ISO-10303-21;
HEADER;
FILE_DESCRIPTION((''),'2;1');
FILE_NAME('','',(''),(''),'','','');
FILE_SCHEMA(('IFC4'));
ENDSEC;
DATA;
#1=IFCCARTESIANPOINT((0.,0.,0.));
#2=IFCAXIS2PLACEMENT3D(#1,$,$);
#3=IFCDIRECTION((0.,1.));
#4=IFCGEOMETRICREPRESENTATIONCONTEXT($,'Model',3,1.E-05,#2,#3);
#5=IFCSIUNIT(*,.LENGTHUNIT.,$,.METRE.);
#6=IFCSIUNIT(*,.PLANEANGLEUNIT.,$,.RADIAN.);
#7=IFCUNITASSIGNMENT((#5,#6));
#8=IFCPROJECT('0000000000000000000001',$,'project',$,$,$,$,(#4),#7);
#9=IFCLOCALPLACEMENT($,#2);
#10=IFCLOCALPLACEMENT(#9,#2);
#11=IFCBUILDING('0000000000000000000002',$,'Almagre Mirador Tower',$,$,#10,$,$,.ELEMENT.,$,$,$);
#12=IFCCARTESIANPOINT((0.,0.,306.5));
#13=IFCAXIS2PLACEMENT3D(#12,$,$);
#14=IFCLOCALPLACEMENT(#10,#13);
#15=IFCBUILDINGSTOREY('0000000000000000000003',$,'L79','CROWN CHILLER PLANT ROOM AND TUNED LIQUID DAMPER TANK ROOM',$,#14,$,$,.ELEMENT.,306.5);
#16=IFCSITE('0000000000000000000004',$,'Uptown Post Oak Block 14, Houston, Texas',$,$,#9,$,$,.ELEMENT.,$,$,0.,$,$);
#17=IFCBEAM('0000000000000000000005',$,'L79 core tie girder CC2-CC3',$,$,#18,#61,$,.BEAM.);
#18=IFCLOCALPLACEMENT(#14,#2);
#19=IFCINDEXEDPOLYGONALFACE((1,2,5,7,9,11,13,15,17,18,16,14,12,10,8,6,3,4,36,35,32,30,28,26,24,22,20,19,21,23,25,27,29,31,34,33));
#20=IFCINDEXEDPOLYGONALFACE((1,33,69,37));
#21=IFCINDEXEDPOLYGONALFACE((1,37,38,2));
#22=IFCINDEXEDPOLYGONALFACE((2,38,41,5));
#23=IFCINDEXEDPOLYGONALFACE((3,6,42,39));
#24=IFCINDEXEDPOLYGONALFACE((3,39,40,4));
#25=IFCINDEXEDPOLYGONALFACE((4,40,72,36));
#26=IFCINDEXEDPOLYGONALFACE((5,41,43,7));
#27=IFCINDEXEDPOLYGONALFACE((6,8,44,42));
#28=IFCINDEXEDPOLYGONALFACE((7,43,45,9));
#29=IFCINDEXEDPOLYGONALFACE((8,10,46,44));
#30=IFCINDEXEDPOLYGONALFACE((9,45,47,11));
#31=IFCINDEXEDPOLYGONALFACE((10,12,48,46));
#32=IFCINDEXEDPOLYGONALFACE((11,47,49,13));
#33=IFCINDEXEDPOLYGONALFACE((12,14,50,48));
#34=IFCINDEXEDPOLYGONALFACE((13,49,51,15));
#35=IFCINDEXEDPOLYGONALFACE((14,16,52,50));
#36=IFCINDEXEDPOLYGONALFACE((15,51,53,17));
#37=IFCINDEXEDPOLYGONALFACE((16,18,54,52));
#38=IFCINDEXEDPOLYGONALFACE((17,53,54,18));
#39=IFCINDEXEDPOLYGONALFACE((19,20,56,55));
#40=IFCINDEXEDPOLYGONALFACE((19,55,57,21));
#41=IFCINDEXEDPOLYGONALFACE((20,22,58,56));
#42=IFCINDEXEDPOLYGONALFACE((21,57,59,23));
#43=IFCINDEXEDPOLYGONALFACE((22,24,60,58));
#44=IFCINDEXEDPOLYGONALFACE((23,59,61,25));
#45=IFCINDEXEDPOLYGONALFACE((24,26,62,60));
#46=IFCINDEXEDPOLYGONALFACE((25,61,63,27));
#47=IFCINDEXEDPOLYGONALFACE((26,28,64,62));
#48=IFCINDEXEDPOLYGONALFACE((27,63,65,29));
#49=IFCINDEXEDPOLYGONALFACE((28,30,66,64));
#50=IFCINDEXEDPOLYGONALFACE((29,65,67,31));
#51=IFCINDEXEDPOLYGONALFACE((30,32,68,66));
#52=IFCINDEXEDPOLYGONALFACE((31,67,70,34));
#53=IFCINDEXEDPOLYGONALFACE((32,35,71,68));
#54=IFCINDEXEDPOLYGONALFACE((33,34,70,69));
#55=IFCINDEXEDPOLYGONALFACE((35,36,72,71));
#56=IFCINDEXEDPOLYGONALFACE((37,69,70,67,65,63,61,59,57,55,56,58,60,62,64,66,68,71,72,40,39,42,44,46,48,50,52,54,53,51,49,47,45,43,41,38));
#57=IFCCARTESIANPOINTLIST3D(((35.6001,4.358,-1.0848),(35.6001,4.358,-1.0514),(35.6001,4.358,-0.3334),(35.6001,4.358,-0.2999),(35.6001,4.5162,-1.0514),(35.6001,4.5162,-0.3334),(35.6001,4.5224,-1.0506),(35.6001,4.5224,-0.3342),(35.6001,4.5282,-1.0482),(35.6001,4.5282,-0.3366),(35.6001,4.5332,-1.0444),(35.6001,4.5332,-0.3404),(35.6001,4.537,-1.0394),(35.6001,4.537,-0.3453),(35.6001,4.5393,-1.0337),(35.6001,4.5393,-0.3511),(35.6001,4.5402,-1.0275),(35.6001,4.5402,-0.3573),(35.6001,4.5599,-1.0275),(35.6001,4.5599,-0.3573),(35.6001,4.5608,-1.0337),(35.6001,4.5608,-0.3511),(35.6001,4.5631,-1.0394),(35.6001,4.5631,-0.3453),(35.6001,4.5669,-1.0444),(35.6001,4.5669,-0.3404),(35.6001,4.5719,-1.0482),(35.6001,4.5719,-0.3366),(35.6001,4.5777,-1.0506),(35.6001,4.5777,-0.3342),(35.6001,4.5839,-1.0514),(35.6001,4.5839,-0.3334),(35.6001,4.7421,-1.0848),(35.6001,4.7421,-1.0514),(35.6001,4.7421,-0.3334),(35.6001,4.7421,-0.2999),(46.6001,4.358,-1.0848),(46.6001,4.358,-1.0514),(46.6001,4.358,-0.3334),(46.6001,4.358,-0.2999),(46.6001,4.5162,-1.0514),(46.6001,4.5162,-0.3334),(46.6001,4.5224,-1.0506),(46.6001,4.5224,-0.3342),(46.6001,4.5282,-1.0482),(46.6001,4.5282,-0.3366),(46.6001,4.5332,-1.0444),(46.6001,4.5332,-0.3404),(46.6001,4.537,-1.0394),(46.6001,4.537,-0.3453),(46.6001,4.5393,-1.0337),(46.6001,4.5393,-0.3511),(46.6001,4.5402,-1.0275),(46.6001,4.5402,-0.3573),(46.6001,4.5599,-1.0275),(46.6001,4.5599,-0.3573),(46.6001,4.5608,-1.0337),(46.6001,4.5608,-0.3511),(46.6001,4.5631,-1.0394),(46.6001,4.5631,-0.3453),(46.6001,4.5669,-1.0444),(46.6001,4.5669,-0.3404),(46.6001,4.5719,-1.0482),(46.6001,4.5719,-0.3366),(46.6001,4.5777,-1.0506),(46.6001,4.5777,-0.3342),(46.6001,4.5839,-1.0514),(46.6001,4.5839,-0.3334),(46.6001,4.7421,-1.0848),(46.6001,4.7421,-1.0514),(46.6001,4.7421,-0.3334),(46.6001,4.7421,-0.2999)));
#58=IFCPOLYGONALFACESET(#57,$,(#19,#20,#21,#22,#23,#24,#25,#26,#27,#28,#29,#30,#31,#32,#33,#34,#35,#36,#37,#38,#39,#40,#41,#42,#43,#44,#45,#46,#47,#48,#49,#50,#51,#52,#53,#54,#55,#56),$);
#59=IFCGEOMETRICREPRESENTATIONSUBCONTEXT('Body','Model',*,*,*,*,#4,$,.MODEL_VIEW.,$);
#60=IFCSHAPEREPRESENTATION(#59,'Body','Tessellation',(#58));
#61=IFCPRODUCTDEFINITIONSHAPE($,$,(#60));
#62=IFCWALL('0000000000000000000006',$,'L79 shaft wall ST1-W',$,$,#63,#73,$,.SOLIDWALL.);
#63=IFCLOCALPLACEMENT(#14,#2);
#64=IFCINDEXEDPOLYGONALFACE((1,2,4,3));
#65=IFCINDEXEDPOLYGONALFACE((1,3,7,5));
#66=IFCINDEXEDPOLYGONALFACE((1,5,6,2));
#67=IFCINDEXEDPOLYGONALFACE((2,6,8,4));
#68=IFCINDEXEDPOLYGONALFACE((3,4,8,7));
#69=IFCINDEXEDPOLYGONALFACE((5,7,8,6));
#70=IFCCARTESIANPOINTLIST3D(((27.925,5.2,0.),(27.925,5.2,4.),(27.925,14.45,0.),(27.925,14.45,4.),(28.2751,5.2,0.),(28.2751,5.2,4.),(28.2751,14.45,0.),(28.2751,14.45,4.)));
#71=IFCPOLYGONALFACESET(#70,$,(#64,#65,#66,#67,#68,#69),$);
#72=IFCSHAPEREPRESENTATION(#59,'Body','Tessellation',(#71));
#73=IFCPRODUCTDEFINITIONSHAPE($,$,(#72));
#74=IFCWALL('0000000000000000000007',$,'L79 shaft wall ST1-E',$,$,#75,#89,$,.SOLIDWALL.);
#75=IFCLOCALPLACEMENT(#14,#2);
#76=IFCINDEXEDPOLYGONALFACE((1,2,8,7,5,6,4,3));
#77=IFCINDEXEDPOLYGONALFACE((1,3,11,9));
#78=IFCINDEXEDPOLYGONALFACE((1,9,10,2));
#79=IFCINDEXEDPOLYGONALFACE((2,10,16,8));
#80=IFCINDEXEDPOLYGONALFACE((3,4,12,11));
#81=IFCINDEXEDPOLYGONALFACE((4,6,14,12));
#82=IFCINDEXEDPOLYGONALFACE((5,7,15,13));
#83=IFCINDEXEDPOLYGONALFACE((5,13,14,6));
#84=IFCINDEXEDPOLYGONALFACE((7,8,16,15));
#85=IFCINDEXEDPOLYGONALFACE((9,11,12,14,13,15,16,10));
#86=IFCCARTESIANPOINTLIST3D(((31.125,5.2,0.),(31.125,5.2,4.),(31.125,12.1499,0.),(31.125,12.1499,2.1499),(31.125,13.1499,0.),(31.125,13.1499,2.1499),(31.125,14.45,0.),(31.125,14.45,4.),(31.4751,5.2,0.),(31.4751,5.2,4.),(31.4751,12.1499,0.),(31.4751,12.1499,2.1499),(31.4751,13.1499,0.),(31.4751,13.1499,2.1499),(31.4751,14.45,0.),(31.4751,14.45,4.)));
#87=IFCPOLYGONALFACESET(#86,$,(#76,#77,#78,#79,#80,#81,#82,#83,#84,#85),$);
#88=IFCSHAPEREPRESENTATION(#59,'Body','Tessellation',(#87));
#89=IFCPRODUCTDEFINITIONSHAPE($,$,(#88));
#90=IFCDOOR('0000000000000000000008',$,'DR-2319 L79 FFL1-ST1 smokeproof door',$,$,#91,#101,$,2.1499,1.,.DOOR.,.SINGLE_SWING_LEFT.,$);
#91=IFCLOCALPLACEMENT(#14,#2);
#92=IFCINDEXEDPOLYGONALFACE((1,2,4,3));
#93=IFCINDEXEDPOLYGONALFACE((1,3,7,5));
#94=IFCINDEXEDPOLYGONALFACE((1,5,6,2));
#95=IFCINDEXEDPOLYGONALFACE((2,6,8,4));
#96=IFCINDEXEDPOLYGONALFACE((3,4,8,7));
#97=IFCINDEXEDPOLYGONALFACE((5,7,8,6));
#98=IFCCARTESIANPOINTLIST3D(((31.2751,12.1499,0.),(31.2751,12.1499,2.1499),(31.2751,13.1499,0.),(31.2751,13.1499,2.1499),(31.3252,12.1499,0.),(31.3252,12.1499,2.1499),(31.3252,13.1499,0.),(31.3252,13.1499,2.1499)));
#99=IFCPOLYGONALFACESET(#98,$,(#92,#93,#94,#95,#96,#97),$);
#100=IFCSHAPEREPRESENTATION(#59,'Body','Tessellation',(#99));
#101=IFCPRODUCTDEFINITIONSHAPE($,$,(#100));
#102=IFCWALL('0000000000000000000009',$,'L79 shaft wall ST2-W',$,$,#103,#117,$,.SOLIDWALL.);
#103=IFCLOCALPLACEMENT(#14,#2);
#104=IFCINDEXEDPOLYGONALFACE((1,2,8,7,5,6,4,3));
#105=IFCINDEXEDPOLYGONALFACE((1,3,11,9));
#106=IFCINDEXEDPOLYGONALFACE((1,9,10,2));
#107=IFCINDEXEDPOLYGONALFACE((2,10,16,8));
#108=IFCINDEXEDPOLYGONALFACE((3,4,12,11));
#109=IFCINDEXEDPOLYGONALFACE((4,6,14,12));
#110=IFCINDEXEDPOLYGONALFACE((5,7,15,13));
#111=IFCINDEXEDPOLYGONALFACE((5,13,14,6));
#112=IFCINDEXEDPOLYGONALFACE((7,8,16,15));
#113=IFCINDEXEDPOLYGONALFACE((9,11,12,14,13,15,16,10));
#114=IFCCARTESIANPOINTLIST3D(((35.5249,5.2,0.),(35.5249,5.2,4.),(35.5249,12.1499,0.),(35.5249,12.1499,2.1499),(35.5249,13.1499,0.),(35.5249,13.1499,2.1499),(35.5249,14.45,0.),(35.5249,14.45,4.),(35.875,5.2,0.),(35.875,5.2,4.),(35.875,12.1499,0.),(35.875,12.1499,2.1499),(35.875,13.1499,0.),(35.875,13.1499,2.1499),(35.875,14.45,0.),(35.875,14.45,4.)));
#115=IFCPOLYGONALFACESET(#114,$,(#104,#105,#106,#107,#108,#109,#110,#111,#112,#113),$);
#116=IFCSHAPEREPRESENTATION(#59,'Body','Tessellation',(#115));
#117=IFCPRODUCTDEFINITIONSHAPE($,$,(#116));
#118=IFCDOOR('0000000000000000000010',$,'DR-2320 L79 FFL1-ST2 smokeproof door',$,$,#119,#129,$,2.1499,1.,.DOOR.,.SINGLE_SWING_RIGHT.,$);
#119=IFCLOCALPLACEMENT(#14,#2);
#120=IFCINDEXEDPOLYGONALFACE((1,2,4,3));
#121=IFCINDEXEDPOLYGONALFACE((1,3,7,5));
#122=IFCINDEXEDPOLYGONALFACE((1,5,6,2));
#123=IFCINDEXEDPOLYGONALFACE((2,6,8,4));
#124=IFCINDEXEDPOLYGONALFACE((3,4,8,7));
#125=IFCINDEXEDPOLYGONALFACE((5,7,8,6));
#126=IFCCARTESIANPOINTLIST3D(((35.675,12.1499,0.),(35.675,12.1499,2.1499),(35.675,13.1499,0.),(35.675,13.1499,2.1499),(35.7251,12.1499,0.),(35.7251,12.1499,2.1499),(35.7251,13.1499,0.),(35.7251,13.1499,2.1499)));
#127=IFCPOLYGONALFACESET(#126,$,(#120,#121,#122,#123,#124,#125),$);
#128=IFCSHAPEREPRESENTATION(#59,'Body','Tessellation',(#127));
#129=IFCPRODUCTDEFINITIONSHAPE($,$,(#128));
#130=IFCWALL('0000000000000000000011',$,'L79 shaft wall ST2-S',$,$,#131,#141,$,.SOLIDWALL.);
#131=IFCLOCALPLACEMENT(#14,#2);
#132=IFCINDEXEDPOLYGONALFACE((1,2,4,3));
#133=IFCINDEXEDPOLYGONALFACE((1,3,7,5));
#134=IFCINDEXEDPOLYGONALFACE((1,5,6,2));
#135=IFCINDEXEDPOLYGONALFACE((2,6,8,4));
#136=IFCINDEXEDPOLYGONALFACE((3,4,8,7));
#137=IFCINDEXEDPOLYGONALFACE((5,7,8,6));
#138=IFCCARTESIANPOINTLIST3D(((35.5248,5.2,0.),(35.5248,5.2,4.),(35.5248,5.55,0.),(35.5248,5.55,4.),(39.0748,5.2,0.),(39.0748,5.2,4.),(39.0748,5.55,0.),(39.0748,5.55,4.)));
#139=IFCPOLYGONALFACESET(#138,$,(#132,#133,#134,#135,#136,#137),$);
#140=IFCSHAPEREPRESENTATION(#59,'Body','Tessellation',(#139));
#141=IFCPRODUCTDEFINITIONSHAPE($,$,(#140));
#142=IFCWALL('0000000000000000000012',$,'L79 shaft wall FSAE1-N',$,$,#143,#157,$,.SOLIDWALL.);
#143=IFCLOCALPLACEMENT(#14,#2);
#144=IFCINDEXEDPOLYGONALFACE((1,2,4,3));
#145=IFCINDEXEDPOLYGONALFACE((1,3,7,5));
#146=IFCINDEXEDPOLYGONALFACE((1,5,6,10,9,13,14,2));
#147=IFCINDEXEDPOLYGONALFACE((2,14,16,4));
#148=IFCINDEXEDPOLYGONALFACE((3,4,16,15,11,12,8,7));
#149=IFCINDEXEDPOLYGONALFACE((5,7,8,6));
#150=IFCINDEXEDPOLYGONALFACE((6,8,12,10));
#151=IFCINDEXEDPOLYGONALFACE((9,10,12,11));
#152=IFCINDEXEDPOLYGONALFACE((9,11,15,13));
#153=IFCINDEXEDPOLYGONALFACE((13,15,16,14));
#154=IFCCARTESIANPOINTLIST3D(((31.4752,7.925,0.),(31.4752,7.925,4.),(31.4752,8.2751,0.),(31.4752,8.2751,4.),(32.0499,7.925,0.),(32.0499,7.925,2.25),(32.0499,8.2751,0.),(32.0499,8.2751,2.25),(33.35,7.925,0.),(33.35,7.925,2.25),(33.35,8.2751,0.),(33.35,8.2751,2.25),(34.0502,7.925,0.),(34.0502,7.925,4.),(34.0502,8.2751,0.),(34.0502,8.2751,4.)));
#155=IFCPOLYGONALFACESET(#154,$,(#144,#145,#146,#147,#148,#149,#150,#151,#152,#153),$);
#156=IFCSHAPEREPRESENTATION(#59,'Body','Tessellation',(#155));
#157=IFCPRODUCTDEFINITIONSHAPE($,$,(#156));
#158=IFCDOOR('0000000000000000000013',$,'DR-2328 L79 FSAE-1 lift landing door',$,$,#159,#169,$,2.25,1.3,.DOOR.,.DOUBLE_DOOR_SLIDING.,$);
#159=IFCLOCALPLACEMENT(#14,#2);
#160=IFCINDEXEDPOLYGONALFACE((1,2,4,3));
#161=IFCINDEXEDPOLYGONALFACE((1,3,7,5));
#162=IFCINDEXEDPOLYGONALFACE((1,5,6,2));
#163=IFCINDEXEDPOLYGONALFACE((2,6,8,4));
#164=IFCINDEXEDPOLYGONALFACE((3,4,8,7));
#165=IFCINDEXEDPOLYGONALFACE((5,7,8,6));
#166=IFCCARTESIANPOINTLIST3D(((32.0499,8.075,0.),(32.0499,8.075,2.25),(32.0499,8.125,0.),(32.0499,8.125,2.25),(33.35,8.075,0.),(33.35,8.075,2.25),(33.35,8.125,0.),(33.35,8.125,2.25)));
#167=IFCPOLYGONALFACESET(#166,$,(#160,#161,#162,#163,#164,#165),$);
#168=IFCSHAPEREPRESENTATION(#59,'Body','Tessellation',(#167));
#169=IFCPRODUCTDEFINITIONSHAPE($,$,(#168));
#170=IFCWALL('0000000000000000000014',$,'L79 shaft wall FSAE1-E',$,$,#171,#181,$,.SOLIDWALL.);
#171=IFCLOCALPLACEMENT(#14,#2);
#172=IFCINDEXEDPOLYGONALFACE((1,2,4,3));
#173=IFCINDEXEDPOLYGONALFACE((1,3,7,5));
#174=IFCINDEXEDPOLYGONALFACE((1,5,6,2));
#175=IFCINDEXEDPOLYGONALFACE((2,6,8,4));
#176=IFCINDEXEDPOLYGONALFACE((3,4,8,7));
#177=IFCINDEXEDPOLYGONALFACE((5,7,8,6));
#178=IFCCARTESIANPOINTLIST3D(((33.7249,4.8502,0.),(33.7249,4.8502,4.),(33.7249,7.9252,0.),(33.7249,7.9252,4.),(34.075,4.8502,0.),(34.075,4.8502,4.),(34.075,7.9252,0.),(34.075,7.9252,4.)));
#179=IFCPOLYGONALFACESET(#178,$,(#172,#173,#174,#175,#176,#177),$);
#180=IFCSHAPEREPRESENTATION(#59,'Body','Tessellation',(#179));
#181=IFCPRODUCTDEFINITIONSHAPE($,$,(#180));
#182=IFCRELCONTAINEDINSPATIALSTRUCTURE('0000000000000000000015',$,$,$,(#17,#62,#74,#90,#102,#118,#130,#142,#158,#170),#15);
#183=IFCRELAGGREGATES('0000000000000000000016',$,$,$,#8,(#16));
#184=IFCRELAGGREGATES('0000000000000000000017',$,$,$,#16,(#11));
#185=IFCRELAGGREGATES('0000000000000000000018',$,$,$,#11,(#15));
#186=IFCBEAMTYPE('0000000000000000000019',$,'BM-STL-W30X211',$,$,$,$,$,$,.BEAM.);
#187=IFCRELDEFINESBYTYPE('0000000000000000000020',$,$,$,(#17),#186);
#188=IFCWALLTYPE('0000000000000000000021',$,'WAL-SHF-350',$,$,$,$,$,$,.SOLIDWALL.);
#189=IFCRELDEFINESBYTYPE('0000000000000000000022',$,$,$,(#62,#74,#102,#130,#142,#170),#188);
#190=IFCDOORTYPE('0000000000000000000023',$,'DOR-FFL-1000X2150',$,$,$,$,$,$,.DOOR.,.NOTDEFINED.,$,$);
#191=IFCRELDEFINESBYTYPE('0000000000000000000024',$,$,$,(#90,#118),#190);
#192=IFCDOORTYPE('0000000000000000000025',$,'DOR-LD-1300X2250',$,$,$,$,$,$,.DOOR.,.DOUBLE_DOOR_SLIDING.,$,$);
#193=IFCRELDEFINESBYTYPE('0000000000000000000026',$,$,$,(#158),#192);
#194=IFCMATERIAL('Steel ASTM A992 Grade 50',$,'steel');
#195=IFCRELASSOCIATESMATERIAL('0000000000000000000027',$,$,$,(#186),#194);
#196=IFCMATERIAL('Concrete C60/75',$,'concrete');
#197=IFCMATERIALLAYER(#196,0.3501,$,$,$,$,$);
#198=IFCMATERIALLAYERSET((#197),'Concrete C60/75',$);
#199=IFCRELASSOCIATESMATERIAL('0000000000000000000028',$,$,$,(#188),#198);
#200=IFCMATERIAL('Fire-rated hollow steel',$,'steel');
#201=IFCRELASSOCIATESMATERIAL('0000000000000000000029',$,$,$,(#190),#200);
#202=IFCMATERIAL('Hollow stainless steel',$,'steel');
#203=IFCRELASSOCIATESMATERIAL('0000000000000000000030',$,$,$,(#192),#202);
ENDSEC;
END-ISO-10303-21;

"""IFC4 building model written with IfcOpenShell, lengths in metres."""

from ifc_helpers import new_model, si_unit, direction, frame, frame_2d, origin, origin_2d, place, context, subcontext, project, spatial, rectangle, i_section, extrude, material, layer, layer_set, material_profile, profile_set, type_object, element, fill, save


model = new_model("IFC4")

# Units and contexts
model_context = context("Model", 3, precision=1e-05, world=origin(), true_north=direction((0.0, 1.0)))
body_context = subcontext(model_context, "Body", "Model", "MODEL_VIEW")
ifc_project = project(units=[si_unit("LENGTHUNIT", "METRE"), si_unit("PLANEANGLEUNIT", "RADIAN")], contexts=[model_context])

# Site, building, storey
site_placement = place(None, origin())
site = spatial("IfcSite", under=ifc_project, at=site_placement, Name="Uptown Post Oak Block 14, Houston, Texas", CompositionType="ELEMENT", RefElevation=0.0)
building_placement = place(site_placement, origin())
building = spatial("IfcBuilding", under=site, at=building_placement, Name="Almagre Mirador Tower", CompositionType="ELEMENT")
storey_placement = place(building_placement, frame((0.0, 0.0, 306.5)))
storey = spatial("IfcBuildingStorey", under=building, at=storey_placement, Name="L79", Description="CROWN CHILLER PLANT ROOM AND TUNED LIQUID DAMPER TANK ROOM", CompositionType="ELEMENT", Elevation=306.5)

# Beam
ifc_material_1 = material(Name="Steel ASTM A992 Grade 50", Category="steel")
ifc_material_profile = material_profile(ifc_material_1, i_section(OverallWidth=0.384, OverallDepth=0.7849, WebThickness=0.0198, FlangeThickness=0.0334, FilletRadius=0.0239, at=origin_2d()), Name="W30X211")
ifc_profile_set = profile_set([ifc_material_profile], Name="Steel ASTM A992 Grade 50")
beam_type = type_object("IfcBeamType", Name="BM-STL-W30X211", PredefinedType="BEAM", material=ifc_profile_set)
beam_placement = place(storey_placement, frame((35.6001, 4.55, -0.6924), z_axis=(1.0, 0.0, 0.0), x_axis=(0.0, 1.0, 0.0)))
element("IfcBeam", 1, at=beam_placement, inside=storey, type_object=beam_type, Name="L79 core tie girder CC2-CC3", PredefinedType="BEAM", context=body_context, shape_type="SweptSolid", body=[
    extrude(i_section(OverallWidth=0.384, OverallDepth=0.7849, WebThickness=0.0198, FlangeThickness=0.0334, FilletRadius=0.0239, at=origin_2d()), origin(), (0.0, 0.0, 1.0), 11.0),
])

# Wall
ifc_material_2 = material(Name="Concrete C60/75", Category="concrete")
ifc_layer_1 = layer(ifc_material_2, 0.3501)
ifc_layer_set_1 = layer_set([ifc_layer_1], Name="Concrete C60/75")
wall_type_1 = type_object("IfcWallType", Name="WAL-SHF-350", PredefinedType="SOLIDWALL", material=ifc_layer_set_1)
wall_1_placement = place(storey_placement, frame((28.1001, 5.2, 0.0), z_axis=(0.0, 0.0, 1.0), x_axis=(0.0, 1.0, 0.0)))
element("IfcWall", 2, at=wall_1_placement, inside=storey, type_object=wall_type_1, Name="L79 shaft wall ST1-W", PredefinedType="SOLIDWALL", context=body_context, shape_type="SweptSolid", body=[
    extrude(rectangle(XDim=9.25, YDim=0.3501, at=frame_2d((4.625, 0.0))), origin(), (0.0, 0.0, 1.0), 4.0),
])

# Walls, openings, doors
wall_2_placement = place(storey_placement, frame((31.3, 5.2, 0.0), z_axis=(0.0, 0.0, 1.0), x_axis=(0.0, 1.0, 0.0)))
wall_2 = element("IfcWall", 3, at=wall_2_placement, inside=storey, type_object=wall_type_1, Name="L79 shaft wall ST1-E", PredefinedType="SOLIDWALL", context=body_context, shape_type="SweptSolid", body=[
    extrude(rectangle(XDim=9.25, YDim=0.3501, at=frame_2d((4.625, 0.0))), origin(), (0.0, 0.0, 1.0), 4.0),
])
opening_1_placement = place(wall_2_placement, frame((6.95, 0.0, 0.0)))
opening_1 = element("IfcOpeningElement", 4, at=opening_1_placement, cuts=wall_2, PredefinedType="OPENING", context=body_context, shape_type="SweptSolid", body=[
    extrude(rectangle(XDim=1.0, YDim=2.1499, at=frame_2d((0.5, 1.075))), frame((0.0, 0.185, 0.0), z_axis=(0.0, -1.0, 0.0), x_axis=(1.0, 0.0, 0.0)), (0.0, 0.0, 1.0), 0.3701),
])
ifc_material_3 = material(Name="Fire-rated hollow steel", Category="steel")
door_type_1 = type_object("IfcDoorType", Name="DOR-FFL-1000X2150", OperationType="NOTDEFINED", PredefinedType="DOOR", material=ifc_material_3)
door_1_placement = place(opening_1_placement, origin())
door_1 = element("IfcDoor", 5, at=door_1_placement, inside=storey, type_object=door_type_1, Name="DR-2319 L79 FFL1-ST1 smokeproof door", OperationType="SINGLE_SWING_LEFT", OverallHeight=2.1499, OverallWidth=1.0, PredefinedType="DOOR", context=body_context, shape_type="SweptSolid", body=[
    extrude(rectangle(XDim=1.0, YDim=2.1499, at=frame_2d((0.5, 1.075))), frame((0.0, 0.0249, 0.0), z_axis=(0.0, -1.0, 0.0), x_axis=(1.0, 0.0, 0.0)), (0.0, 0.0, 1.0), 0.05),
])
fill(opening_1, door_1)
wall_3_placement = place(storey_placement, frame((35.7, 5.2, 0.0), z_axis=(0.0, 0.0, 1.0), x_axis=(0.0, 1.0, 0.0)))
wall_3 = element("IfcWall", 6, at=wall_3_placement, inside=storey, type_object=wall_type_1, Name="L79 shaft wall ST2-W", PredefinedType="SOLIDWALL", context=body_context, shape_type="SweptSolid", body=[
    extrude(rectangle(XDim=9.25, YDim=0.3501, at=frame_2d((4.625, 0.0))), origin(), (0.0, 0.0, 1.0), 4.0),
])
opening_2_placement = place(wall_3_placement, frame((6.95, 0.0, 0.0)))
opening_2 = element("IfcOpeningElement", 7, at=opening_2_placement, cuts=wall_3, PredefinedType="OPENING", context=body_context, shape_type="SweptSolid", body=[
    extrude(rectangle(XDim=1.0, YDim=2.1499, at=frame_2d((0.5, 1.075))), frame((0.0, 0.185, 0.0), z_axis=(0.0, -1.0, 0.0), x_axis=(1.0, 0.0, 0.0)), (0.0, 0.0, 1.0), 0.3701),
])
door_2_placement = place(opening_2_placement, origin())
door_2 = element("IfcDoor", 8, at=door_2_placement, inside=storey, type_object=door_type_1, Name="DR-2320 L79 FFL1-ST2 smokeproof door", OperationType="SINGLE_SWING_RIGHT", OverallHeight=2.1499, OverallWidth=1.0, PredefinedType="DOOR", context=body_context, shape_type="SweptSolid", body=[
    extrude(rectangle(XDim=1.0, YDim=2.1499, at=frame_2d((0.5, 1.075))), frame((0.0, 0.0249, 0.0), z_axis=(0.0, -1.0, 0.0), x_axis=(1.0, 0.0, 0.0)), (0.0, 0.0, 1.0), 0.05),
])
fill(opening_2, door_2)

# Wall
wall_4_placement = place(storey_placement, frame((35.5249, 5.375, 0.0), z_axis=(0.0, 0.0, 1.0), x_axis=(1.0, 0.0, 0.0)))
element("IfcWall", 9, at=wall_4_placement, inside=storey, type_object=wall_type_1, Name="L79 shaft wall ST2-S", PredefinedType="SOLIDWALL", context=body_context, shape_type="SweptSolid", body=[
    extrude(rectangle(XDim=3.55, YDim=0.3501, at=frame_2d((1.7749, 0.0))), origin(), (0.0, 0.0, 1.0), 4.0),
])

# Wall, opening, door
wall_5_placement = place(storey_placement, frame((31.4751, 8.1001, 0.0), z_axis=(0.0, 0.0, 1.0), x_axis=(1.0, 0.0, 0.0)))
wall_5 = element("IfcWall", 10, at=wall_5_placement, inside=storey, type_object=wall_type_1, Name="L79 shaft wall FSAE1-N", PredefinedType="SOLIDWALL", context=body_context, shape_type="SweptSolid", body=[
    extrude(rectangle(XDim=2.575, YDim=0.3501, at=frame_2d((1.2876, 0.0))), origin(), (0.0, 0.0, 1.0), 4.0),
])
opening_3_placement = place(wall_5_placement, frame((0.575, 0.0, 0.0)))
opening_3 = element("IfcOpeningElement", 11, at=opening_3_placement, cuts=wall_5, PredefinedType="OPENING", context=body_context, shape_type="SweptSolid", body=[
    extrude(rectangle(XDim=1.3, YDim=2.25, at=frame_2d((0.6499, 1.125))), frame((0.0, 0.185, 0.0), z_axis=(0.0, -1.0, 0.0), x_axis=(1.0, 0.0, 0.0)), (0.0, 0.0, 1.0), 0.3701),
])
ifc_material_4 = material(Name="Hollow stainless steel", Category="steel")
door_type_2 = type_object("IfcDoorType", Name="DOR-LD-1300X2250", OperationType="DOUBLE_DOOR_SLIDING", PredefinedType="DOOR", material=ifc_material_4)
door_3_placement = place(opening_3_placement, origin())
door_3 = element("IfcDoor", 12, at=door_3_placement, inside=storey, type_object=door_type_2, Name="DR-2328 L79 FSAE-1 lift landing door", OperationType="DOUBLE_DOOR_SLIDING", OverallHeight=2.25, OverallWidth=1.3, PredefinedType="DOOR", context=body_context, shape_type="SweptSolid", body=[
    extrude(rectangle(XDim=1.3, YDim=2.25, at=frame_2d((0.6499, 1.125))), frame((0.0, 0.0249, 0.0), z_axis=(0.0, -1.0, 0.0), x_axis=(1.0, 0.0, 0.0)), (0.0, 0.0, 1.0), 0.05),
])
fill(opening_3, door_3)

# Wall
wall_6_placement = place(storey_placement, frame((33.8999, 4.8501, 0.0), z_axis=(0.0, 0.0, 1.0), x_axis=(0.0, 1.0, 0.0)))
element("IfcWall", 13, at=wall_6_placement, inside=storey, type_object=wall_type_1, Name="L79 shaft wall FSAE1-E", PredefinedType="SOLIDWALL", context=body_context, shape_type="SweptSolid", body=[
    extrude(rectangle(XDim=3.075, YDim=0.3501, at=frame_2d((1.5376, 0.0))), origin(), (0.0, 0.0, 1.0), 4.0),
])

save(model, "model.ifc")
